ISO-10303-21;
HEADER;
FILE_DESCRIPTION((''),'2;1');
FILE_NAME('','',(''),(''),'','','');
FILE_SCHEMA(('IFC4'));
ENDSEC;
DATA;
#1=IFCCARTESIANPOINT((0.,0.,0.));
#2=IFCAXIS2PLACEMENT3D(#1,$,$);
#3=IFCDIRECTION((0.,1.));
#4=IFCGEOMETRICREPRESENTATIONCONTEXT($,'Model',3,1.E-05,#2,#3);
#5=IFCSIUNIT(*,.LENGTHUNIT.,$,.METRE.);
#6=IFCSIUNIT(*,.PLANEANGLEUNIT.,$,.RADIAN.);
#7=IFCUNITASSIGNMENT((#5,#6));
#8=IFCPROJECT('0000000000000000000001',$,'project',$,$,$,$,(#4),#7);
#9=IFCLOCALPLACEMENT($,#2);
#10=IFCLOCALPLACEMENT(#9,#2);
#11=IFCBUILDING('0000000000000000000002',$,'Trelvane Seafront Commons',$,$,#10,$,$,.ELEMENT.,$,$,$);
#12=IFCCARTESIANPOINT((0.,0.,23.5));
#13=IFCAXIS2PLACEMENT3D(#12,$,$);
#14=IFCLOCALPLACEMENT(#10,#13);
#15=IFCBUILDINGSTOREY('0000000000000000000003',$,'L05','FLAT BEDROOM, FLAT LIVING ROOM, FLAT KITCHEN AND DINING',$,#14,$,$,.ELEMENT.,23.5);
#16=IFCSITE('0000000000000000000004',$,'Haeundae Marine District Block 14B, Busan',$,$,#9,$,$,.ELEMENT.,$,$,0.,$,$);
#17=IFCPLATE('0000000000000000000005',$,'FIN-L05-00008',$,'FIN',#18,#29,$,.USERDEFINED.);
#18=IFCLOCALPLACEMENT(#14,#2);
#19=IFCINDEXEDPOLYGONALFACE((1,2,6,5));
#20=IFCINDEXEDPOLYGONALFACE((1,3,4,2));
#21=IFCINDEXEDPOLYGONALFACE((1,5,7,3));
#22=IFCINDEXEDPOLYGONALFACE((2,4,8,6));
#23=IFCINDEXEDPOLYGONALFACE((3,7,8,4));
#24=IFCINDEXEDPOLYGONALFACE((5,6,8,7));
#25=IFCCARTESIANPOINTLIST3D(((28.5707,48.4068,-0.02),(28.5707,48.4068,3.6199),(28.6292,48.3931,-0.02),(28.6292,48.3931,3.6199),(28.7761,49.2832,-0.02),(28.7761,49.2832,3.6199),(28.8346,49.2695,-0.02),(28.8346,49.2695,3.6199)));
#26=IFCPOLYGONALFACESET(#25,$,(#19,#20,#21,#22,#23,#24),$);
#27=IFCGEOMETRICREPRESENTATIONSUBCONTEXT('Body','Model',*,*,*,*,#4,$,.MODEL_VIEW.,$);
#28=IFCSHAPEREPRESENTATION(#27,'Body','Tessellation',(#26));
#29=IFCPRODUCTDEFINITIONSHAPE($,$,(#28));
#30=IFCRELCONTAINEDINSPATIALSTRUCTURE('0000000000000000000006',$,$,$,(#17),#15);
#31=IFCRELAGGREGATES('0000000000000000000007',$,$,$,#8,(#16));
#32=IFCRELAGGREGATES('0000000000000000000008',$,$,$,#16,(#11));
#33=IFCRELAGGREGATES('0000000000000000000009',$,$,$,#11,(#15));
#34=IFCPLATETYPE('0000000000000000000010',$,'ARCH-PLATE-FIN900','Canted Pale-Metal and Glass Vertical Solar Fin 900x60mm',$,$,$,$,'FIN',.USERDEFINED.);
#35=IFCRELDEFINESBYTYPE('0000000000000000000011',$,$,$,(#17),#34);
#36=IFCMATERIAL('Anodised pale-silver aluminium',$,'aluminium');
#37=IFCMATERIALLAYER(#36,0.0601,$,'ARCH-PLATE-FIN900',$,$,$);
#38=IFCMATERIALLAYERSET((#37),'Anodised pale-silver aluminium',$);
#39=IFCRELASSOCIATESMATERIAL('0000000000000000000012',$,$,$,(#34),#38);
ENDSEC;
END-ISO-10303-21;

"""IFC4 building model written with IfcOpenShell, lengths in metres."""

from ifc_helpers import new_model, si_unit, direction, frame, origin, origin_2d, place, context, subcontext, project, spatial, rectangle, extrude, source, transform, mapped, material, layer, layer_set, type_object, element, save


model = new_model("IFC4")

# Units and contexts
model_context = context("Model", 3, precision=1e-05, world=origin(), true_north=direction((0.0, 1.0)))
body_context = subcontext(model_context, "Body", "Model", "MODEL_VIEW")
ifc_project = project(units=[si_unit("LENGTHUNIT", "METRE"), si_unit("PLANEANGLEUNIT", "RADIAN")], contexts=[model_context])

# Site, building, storey
site_placement = place(None, origin())
site = spatial("IfcSite", under=ifc_project, at=site_placement, Name="Haeundae Marine District Block 14B, Busan", CompositionType="ELEMENT", RefElevation=0.0)
building_placement = place(site_placement, origin())
building = spatial("IfcBuilding", under=site, at=building_placement, Name="Trelvane Seafront Commons", CompositionType="ELEMENT")
storey_placement = place(building_placement, frame((0.0, 0.0, 23.5)))
storey = spatial("IfcBuildingStorey", under=building, at=storey_placement, Name="L05", Description="FLAT BEDROOM, FLAT LIVING ROOM, FLAT KITCHEN AND DINING", CompositionType="ELEMENT", Elevation=23.5)

# Shared definitions
ifc_material_1 = material(Name="Anodised pale-silver aluminium", Category="aluminium")

# Plate
ifc_layer_1 = layer(ifc_material_1, 0.0601, Name="ARCH-PLATE-FIN900")
ifc_layer_set_1 = layer_set([ifc_layer_1], Name="Anodised pale-silver aluminium")
plate_type_1 = type_object("IfcPlateType", Name="ARCH-PLATE-FIN900", Description="Canted Pale-Metal and Glass Vertical Solar Fin 900x60mm", ElementType="FIN", PredefinedType="USERDEFINED", material=ifc_layer_set_1)
shared_shape_1 = source(origin(), body_context, "Body", "SweptSolid", [
    extrude(rectangle(XDim=0.9001, YDim=0.0601, at=origin_2d()), origin(), (0.0, 0.0, 1.0), 3.6399),
])
plate_1_placement = place(storey_placement, frame((28.7026, 48.8381, -0.02), z_axis=(0.0, 0.0, 1.0), x_axis=(0.22821, 0.973612, 0.0)))
element("IfcPlate", 1, at=plate_1_placement, inside=storey, type_object=plate_type_1, Name="FIN-L05-00008", ObjectType="FIN", PredefinedType="USERDEFINED", context=body_context, shape_type="MappedRepresentation", body=[
    mapped(shared_shape_1, transform((0.0, 0.0, 0.0), x_axis=(1.0, 0.0, 0.0), y_axis=(0.0, 1.0, 0.0), z_axis=(0.0, 0.0, 1.0), scale=1.0)),
])

save(model, "model.ifc")
